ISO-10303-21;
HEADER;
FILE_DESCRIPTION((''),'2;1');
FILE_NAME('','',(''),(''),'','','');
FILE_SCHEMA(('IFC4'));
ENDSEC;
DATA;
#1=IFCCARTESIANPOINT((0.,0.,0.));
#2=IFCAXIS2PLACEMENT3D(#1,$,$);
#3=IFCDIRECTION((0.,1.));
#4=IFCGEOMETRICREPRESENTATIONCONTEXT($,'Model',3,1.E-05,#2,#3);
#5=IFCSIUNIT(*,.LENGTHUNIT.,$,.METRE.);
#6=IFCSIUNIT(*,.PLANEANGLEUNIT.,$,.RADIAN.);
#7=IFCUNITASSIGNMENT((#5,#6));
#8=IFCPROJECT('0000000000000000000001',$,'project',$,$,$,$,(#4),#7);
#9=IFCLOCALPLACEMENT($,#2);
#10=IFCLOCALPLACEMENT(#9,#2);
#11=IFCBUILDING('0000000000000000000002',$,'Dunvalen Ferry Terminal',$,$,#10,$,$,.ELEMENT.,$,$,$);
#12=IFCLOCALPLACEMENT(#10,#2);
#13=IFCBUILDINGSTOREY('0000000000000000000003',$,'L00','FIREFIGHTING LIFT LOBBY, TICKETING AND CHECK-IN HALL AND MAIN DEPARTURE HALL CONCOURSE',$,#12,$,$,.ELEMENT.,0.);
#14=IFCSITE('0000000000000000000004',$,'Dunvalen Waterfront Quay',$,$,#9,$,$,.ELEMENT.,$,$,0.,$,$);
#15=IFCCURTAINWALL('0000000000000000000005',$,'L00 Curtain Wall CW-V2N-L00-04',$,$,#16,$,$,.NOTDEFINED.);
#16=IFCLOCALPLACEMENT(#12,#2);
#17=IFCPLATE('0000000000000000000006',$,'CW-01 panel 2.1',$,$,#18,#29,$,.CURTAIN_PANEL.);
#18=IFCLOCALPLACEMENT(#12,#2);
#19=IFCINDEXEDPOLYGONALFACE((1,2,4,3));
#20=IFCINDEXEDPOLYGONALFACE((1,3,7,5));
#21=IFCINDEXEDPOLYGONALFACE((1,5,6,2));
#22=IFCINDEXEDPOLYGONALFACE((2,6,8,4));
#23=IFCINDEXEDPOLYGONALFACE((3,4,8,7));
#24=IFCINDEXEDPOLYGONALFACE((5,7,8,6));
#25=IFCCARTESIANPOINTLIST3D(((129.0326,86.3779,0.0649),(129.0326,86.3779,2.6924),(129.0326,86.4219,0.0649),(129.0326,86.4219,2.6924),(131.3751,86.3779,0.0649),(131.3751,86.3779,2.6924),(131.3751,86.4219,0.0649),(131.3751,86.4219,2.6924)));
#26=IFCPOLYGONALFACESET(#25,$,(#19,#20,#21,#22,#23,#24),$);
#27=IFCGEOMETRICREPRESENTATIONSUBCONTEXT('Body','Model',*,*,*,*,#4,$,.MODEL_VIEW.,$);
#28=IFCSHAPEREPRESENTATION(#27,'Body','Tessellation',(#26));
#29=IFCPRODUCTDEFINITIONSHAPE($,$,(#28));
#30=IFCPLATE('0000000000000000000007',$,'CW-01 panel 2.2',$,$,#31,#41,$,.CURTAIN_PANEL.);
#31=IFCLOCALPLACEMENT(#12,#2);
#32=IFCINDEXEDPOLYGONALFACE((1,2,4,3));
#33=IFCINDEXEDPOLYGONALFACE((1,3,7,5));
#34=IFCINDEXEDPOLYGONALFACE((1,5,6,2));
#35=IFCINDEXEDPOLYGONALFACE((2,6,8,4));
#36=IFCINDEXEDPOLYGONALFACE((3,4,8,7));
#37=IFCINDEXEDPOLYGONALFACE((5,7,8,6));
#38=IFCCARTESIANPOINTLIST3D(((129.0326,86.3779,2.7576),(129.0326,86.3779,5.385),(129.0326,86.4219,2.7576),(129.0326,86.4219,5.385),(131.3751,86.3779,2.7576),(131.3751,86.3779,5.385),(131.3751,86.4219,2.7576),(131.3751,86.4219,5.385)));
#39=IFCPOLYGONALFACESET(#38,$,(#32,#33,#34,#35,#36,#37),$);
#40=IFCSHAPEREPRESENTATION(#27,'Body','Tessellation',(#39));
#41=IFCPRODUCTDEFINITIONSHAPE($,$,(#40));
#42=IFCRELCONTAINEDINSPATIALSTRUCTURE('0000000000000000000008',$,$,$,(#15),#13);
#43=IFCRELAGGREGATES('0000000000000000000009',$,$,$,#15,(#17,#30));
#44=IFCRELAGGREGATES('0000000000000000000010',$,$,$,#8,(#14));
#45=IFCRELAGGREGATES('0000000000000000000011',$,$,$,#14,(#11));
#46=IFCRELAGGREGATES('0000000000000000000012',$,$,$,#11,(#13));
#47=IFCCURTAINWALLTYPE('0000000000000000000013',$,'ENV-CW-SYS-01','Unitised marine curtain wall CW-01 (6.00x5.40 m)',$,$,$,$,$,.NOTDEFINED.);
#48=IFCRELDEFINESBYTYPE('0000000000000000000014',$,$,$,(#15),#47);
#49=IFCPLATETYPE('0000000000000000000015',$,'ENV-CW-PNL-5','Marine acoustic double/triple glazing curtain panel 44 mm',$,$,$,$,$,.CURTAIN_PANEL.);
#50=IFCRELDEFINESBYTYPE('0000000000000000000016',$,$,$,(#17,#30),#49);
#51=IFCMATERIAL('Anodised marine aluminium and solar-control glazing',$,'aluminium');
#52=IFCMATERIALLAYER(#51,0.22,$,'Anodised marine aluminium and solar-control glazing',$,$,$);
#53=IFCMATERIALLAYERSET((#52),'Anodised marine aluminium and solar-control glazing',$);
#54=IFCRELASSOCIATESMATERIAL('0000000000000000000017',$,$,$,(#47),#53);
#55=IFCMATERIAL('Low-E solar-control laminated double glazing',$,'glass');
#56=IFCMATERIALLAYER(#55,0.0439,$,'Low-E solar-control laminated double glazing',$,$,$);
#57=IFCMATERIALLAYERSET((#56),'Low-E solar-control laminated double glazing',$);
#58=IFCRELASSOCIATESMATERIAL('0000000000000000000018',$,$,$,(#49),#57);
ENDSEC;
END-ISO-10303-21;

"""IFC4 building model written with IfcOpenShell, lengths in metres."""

from ifc_helpers import new_model, si_unit, direction, frame, origin, origin_2d, place, context, subcontext, project, spatial, rectangle, extrude, material, layer, layer_set, type_object, element, aggregate, save


model = new_model("IFC4")

# Units and contexts
model_context = context("Model", 3, precision=1e-05, world=origin(), true_north=direction((0.0, 1.0)))
body_context = subcontext(model_context, "Body", "Model", "MODEL_VIEW")
ifc_project = project(units=[si_unit("LENGTHUNIT", "METRE"), si_unit("PLANEANGLEUNIT", "RADIAN")], contexts=[model_context])

# Site, building, storey
site_placement = place(None, origin())
site = spatial("IfcSite", under=ifc_project, at=site_placement, Name="Dunvalen Waterfront Quay", CompositionType="ELEMENT", RefElevation=0.0)
building_placement = place(site_placement, origin())
building = spatial("IfcBuilding", under=site, at=building_placement, Name="Dunvalen Ferry Terminal", CompositionType="ELEMENT")
storey_placement = place(building_placement, origin())
storey = spatial("IfcBuildingStorey", under=building, at=storey_placement, Name="L00", Description="FIREFIGHTING LIFT LOBBY, TICKETING AND CHECK-IN HALL AND MAIN DEPARTURE HALL CONCOURSE", CompositionType="ELEMENT", Elevation=0.0)

# Shared definitions
ifc_material_1 = material(Name="Anodised marine aluminium and solar-control glazing", Category="aluminium")
ifc_layer_1 = layer(ifc_material_1, 0.22, Name="Anodised marine aluminium and solar-control glazing")
ifc_layer_set_1 = layer_set([ifc_layer_1], Name="Anodised marine aluminium and solar-control glazing")
curtain_wall_type = type_object("IfcCurtainWallType", Name="ENV-CW-SYS-01", Description="Unitised marine curtain wall CW-01 (6.00x5.40 m)", PredefinedType="NOTDEFINED", material=ifc_layer_set_1)

# Curtain wall
curtain_wall_1_placement = place(storey_placement, origin())
curtain_wall_1 = element("IfcCurtainWall", 1, at=curtain_wall_1_placement, inside=storey, type_object=curtain_wall_type, Name="L00 Curtain Wall CW-V2N-L00-04", PredefinedType="NOTDEFINED")

# Plates
ifc_material_2 = material(Name="Low-E solar-control laminated double glazing", Category="glass")
ifc_layer_2 = layer(ifc_material_2, 0.0439, Name="Low-E solar-control laminated double glazing")
ifc_layer_set_2 = layer_set([ifc_layer_2], Name="Low-E solar-control laminated double glazing")
plate_type = type_object("IfcPlateType", Name="ENV-CW-PNL-5", Description="Marine acoustic double/triple glazing curtain panel 44 mm", PredefinedType="CURTAIN_PANEL", material=ifc_layer_set_2)
plate_1_placement = place(storey_placement, frame((130.2039, 86.3999, 0.0649), z_axis=(0.0, 0.0, 1.0), x_axis=(1.0, 0.0, 0.0)))
plate_1 = element("IfcPlate", 2, at=plate_1_placement, type_object=plate_type, Name="CW-01 panel 2.1", PredefinedType="CURTAIN_PANEL", context=body_context, shape_type="SweptSolid", body=[
    extrude(rectangle(XDim=2.3425, YDim=0.0439, at=origin_2d()), origin(), (0.0, 0.0, 1.0), 2.6274),
])
plate_2_placement = place(storey_placement, frame((130.2039, 86.3999, 2.7576), z_axis=(0.0, 0.0, 1.0), x_axis=(1.0, 0.0, 0.0)))
plate_2 = element("IfcPlate", 3, at=plate_2_placement, type_object=plate_type, Name="CW-01 panel 2.2", PredefinedType="CURTAIN_PANEL", context=body_context, shape_type="SweptSolid", body=[
    extrude(rectangle(XDim=2.3425, YDim=0.0439, at=origin_2d()), origin(), (0.0, 0.0, 1.0), 2.6274),
])
aggregate(curtain_wall_1, [plate_1, plate_2])

save(model, "model.ifc")
